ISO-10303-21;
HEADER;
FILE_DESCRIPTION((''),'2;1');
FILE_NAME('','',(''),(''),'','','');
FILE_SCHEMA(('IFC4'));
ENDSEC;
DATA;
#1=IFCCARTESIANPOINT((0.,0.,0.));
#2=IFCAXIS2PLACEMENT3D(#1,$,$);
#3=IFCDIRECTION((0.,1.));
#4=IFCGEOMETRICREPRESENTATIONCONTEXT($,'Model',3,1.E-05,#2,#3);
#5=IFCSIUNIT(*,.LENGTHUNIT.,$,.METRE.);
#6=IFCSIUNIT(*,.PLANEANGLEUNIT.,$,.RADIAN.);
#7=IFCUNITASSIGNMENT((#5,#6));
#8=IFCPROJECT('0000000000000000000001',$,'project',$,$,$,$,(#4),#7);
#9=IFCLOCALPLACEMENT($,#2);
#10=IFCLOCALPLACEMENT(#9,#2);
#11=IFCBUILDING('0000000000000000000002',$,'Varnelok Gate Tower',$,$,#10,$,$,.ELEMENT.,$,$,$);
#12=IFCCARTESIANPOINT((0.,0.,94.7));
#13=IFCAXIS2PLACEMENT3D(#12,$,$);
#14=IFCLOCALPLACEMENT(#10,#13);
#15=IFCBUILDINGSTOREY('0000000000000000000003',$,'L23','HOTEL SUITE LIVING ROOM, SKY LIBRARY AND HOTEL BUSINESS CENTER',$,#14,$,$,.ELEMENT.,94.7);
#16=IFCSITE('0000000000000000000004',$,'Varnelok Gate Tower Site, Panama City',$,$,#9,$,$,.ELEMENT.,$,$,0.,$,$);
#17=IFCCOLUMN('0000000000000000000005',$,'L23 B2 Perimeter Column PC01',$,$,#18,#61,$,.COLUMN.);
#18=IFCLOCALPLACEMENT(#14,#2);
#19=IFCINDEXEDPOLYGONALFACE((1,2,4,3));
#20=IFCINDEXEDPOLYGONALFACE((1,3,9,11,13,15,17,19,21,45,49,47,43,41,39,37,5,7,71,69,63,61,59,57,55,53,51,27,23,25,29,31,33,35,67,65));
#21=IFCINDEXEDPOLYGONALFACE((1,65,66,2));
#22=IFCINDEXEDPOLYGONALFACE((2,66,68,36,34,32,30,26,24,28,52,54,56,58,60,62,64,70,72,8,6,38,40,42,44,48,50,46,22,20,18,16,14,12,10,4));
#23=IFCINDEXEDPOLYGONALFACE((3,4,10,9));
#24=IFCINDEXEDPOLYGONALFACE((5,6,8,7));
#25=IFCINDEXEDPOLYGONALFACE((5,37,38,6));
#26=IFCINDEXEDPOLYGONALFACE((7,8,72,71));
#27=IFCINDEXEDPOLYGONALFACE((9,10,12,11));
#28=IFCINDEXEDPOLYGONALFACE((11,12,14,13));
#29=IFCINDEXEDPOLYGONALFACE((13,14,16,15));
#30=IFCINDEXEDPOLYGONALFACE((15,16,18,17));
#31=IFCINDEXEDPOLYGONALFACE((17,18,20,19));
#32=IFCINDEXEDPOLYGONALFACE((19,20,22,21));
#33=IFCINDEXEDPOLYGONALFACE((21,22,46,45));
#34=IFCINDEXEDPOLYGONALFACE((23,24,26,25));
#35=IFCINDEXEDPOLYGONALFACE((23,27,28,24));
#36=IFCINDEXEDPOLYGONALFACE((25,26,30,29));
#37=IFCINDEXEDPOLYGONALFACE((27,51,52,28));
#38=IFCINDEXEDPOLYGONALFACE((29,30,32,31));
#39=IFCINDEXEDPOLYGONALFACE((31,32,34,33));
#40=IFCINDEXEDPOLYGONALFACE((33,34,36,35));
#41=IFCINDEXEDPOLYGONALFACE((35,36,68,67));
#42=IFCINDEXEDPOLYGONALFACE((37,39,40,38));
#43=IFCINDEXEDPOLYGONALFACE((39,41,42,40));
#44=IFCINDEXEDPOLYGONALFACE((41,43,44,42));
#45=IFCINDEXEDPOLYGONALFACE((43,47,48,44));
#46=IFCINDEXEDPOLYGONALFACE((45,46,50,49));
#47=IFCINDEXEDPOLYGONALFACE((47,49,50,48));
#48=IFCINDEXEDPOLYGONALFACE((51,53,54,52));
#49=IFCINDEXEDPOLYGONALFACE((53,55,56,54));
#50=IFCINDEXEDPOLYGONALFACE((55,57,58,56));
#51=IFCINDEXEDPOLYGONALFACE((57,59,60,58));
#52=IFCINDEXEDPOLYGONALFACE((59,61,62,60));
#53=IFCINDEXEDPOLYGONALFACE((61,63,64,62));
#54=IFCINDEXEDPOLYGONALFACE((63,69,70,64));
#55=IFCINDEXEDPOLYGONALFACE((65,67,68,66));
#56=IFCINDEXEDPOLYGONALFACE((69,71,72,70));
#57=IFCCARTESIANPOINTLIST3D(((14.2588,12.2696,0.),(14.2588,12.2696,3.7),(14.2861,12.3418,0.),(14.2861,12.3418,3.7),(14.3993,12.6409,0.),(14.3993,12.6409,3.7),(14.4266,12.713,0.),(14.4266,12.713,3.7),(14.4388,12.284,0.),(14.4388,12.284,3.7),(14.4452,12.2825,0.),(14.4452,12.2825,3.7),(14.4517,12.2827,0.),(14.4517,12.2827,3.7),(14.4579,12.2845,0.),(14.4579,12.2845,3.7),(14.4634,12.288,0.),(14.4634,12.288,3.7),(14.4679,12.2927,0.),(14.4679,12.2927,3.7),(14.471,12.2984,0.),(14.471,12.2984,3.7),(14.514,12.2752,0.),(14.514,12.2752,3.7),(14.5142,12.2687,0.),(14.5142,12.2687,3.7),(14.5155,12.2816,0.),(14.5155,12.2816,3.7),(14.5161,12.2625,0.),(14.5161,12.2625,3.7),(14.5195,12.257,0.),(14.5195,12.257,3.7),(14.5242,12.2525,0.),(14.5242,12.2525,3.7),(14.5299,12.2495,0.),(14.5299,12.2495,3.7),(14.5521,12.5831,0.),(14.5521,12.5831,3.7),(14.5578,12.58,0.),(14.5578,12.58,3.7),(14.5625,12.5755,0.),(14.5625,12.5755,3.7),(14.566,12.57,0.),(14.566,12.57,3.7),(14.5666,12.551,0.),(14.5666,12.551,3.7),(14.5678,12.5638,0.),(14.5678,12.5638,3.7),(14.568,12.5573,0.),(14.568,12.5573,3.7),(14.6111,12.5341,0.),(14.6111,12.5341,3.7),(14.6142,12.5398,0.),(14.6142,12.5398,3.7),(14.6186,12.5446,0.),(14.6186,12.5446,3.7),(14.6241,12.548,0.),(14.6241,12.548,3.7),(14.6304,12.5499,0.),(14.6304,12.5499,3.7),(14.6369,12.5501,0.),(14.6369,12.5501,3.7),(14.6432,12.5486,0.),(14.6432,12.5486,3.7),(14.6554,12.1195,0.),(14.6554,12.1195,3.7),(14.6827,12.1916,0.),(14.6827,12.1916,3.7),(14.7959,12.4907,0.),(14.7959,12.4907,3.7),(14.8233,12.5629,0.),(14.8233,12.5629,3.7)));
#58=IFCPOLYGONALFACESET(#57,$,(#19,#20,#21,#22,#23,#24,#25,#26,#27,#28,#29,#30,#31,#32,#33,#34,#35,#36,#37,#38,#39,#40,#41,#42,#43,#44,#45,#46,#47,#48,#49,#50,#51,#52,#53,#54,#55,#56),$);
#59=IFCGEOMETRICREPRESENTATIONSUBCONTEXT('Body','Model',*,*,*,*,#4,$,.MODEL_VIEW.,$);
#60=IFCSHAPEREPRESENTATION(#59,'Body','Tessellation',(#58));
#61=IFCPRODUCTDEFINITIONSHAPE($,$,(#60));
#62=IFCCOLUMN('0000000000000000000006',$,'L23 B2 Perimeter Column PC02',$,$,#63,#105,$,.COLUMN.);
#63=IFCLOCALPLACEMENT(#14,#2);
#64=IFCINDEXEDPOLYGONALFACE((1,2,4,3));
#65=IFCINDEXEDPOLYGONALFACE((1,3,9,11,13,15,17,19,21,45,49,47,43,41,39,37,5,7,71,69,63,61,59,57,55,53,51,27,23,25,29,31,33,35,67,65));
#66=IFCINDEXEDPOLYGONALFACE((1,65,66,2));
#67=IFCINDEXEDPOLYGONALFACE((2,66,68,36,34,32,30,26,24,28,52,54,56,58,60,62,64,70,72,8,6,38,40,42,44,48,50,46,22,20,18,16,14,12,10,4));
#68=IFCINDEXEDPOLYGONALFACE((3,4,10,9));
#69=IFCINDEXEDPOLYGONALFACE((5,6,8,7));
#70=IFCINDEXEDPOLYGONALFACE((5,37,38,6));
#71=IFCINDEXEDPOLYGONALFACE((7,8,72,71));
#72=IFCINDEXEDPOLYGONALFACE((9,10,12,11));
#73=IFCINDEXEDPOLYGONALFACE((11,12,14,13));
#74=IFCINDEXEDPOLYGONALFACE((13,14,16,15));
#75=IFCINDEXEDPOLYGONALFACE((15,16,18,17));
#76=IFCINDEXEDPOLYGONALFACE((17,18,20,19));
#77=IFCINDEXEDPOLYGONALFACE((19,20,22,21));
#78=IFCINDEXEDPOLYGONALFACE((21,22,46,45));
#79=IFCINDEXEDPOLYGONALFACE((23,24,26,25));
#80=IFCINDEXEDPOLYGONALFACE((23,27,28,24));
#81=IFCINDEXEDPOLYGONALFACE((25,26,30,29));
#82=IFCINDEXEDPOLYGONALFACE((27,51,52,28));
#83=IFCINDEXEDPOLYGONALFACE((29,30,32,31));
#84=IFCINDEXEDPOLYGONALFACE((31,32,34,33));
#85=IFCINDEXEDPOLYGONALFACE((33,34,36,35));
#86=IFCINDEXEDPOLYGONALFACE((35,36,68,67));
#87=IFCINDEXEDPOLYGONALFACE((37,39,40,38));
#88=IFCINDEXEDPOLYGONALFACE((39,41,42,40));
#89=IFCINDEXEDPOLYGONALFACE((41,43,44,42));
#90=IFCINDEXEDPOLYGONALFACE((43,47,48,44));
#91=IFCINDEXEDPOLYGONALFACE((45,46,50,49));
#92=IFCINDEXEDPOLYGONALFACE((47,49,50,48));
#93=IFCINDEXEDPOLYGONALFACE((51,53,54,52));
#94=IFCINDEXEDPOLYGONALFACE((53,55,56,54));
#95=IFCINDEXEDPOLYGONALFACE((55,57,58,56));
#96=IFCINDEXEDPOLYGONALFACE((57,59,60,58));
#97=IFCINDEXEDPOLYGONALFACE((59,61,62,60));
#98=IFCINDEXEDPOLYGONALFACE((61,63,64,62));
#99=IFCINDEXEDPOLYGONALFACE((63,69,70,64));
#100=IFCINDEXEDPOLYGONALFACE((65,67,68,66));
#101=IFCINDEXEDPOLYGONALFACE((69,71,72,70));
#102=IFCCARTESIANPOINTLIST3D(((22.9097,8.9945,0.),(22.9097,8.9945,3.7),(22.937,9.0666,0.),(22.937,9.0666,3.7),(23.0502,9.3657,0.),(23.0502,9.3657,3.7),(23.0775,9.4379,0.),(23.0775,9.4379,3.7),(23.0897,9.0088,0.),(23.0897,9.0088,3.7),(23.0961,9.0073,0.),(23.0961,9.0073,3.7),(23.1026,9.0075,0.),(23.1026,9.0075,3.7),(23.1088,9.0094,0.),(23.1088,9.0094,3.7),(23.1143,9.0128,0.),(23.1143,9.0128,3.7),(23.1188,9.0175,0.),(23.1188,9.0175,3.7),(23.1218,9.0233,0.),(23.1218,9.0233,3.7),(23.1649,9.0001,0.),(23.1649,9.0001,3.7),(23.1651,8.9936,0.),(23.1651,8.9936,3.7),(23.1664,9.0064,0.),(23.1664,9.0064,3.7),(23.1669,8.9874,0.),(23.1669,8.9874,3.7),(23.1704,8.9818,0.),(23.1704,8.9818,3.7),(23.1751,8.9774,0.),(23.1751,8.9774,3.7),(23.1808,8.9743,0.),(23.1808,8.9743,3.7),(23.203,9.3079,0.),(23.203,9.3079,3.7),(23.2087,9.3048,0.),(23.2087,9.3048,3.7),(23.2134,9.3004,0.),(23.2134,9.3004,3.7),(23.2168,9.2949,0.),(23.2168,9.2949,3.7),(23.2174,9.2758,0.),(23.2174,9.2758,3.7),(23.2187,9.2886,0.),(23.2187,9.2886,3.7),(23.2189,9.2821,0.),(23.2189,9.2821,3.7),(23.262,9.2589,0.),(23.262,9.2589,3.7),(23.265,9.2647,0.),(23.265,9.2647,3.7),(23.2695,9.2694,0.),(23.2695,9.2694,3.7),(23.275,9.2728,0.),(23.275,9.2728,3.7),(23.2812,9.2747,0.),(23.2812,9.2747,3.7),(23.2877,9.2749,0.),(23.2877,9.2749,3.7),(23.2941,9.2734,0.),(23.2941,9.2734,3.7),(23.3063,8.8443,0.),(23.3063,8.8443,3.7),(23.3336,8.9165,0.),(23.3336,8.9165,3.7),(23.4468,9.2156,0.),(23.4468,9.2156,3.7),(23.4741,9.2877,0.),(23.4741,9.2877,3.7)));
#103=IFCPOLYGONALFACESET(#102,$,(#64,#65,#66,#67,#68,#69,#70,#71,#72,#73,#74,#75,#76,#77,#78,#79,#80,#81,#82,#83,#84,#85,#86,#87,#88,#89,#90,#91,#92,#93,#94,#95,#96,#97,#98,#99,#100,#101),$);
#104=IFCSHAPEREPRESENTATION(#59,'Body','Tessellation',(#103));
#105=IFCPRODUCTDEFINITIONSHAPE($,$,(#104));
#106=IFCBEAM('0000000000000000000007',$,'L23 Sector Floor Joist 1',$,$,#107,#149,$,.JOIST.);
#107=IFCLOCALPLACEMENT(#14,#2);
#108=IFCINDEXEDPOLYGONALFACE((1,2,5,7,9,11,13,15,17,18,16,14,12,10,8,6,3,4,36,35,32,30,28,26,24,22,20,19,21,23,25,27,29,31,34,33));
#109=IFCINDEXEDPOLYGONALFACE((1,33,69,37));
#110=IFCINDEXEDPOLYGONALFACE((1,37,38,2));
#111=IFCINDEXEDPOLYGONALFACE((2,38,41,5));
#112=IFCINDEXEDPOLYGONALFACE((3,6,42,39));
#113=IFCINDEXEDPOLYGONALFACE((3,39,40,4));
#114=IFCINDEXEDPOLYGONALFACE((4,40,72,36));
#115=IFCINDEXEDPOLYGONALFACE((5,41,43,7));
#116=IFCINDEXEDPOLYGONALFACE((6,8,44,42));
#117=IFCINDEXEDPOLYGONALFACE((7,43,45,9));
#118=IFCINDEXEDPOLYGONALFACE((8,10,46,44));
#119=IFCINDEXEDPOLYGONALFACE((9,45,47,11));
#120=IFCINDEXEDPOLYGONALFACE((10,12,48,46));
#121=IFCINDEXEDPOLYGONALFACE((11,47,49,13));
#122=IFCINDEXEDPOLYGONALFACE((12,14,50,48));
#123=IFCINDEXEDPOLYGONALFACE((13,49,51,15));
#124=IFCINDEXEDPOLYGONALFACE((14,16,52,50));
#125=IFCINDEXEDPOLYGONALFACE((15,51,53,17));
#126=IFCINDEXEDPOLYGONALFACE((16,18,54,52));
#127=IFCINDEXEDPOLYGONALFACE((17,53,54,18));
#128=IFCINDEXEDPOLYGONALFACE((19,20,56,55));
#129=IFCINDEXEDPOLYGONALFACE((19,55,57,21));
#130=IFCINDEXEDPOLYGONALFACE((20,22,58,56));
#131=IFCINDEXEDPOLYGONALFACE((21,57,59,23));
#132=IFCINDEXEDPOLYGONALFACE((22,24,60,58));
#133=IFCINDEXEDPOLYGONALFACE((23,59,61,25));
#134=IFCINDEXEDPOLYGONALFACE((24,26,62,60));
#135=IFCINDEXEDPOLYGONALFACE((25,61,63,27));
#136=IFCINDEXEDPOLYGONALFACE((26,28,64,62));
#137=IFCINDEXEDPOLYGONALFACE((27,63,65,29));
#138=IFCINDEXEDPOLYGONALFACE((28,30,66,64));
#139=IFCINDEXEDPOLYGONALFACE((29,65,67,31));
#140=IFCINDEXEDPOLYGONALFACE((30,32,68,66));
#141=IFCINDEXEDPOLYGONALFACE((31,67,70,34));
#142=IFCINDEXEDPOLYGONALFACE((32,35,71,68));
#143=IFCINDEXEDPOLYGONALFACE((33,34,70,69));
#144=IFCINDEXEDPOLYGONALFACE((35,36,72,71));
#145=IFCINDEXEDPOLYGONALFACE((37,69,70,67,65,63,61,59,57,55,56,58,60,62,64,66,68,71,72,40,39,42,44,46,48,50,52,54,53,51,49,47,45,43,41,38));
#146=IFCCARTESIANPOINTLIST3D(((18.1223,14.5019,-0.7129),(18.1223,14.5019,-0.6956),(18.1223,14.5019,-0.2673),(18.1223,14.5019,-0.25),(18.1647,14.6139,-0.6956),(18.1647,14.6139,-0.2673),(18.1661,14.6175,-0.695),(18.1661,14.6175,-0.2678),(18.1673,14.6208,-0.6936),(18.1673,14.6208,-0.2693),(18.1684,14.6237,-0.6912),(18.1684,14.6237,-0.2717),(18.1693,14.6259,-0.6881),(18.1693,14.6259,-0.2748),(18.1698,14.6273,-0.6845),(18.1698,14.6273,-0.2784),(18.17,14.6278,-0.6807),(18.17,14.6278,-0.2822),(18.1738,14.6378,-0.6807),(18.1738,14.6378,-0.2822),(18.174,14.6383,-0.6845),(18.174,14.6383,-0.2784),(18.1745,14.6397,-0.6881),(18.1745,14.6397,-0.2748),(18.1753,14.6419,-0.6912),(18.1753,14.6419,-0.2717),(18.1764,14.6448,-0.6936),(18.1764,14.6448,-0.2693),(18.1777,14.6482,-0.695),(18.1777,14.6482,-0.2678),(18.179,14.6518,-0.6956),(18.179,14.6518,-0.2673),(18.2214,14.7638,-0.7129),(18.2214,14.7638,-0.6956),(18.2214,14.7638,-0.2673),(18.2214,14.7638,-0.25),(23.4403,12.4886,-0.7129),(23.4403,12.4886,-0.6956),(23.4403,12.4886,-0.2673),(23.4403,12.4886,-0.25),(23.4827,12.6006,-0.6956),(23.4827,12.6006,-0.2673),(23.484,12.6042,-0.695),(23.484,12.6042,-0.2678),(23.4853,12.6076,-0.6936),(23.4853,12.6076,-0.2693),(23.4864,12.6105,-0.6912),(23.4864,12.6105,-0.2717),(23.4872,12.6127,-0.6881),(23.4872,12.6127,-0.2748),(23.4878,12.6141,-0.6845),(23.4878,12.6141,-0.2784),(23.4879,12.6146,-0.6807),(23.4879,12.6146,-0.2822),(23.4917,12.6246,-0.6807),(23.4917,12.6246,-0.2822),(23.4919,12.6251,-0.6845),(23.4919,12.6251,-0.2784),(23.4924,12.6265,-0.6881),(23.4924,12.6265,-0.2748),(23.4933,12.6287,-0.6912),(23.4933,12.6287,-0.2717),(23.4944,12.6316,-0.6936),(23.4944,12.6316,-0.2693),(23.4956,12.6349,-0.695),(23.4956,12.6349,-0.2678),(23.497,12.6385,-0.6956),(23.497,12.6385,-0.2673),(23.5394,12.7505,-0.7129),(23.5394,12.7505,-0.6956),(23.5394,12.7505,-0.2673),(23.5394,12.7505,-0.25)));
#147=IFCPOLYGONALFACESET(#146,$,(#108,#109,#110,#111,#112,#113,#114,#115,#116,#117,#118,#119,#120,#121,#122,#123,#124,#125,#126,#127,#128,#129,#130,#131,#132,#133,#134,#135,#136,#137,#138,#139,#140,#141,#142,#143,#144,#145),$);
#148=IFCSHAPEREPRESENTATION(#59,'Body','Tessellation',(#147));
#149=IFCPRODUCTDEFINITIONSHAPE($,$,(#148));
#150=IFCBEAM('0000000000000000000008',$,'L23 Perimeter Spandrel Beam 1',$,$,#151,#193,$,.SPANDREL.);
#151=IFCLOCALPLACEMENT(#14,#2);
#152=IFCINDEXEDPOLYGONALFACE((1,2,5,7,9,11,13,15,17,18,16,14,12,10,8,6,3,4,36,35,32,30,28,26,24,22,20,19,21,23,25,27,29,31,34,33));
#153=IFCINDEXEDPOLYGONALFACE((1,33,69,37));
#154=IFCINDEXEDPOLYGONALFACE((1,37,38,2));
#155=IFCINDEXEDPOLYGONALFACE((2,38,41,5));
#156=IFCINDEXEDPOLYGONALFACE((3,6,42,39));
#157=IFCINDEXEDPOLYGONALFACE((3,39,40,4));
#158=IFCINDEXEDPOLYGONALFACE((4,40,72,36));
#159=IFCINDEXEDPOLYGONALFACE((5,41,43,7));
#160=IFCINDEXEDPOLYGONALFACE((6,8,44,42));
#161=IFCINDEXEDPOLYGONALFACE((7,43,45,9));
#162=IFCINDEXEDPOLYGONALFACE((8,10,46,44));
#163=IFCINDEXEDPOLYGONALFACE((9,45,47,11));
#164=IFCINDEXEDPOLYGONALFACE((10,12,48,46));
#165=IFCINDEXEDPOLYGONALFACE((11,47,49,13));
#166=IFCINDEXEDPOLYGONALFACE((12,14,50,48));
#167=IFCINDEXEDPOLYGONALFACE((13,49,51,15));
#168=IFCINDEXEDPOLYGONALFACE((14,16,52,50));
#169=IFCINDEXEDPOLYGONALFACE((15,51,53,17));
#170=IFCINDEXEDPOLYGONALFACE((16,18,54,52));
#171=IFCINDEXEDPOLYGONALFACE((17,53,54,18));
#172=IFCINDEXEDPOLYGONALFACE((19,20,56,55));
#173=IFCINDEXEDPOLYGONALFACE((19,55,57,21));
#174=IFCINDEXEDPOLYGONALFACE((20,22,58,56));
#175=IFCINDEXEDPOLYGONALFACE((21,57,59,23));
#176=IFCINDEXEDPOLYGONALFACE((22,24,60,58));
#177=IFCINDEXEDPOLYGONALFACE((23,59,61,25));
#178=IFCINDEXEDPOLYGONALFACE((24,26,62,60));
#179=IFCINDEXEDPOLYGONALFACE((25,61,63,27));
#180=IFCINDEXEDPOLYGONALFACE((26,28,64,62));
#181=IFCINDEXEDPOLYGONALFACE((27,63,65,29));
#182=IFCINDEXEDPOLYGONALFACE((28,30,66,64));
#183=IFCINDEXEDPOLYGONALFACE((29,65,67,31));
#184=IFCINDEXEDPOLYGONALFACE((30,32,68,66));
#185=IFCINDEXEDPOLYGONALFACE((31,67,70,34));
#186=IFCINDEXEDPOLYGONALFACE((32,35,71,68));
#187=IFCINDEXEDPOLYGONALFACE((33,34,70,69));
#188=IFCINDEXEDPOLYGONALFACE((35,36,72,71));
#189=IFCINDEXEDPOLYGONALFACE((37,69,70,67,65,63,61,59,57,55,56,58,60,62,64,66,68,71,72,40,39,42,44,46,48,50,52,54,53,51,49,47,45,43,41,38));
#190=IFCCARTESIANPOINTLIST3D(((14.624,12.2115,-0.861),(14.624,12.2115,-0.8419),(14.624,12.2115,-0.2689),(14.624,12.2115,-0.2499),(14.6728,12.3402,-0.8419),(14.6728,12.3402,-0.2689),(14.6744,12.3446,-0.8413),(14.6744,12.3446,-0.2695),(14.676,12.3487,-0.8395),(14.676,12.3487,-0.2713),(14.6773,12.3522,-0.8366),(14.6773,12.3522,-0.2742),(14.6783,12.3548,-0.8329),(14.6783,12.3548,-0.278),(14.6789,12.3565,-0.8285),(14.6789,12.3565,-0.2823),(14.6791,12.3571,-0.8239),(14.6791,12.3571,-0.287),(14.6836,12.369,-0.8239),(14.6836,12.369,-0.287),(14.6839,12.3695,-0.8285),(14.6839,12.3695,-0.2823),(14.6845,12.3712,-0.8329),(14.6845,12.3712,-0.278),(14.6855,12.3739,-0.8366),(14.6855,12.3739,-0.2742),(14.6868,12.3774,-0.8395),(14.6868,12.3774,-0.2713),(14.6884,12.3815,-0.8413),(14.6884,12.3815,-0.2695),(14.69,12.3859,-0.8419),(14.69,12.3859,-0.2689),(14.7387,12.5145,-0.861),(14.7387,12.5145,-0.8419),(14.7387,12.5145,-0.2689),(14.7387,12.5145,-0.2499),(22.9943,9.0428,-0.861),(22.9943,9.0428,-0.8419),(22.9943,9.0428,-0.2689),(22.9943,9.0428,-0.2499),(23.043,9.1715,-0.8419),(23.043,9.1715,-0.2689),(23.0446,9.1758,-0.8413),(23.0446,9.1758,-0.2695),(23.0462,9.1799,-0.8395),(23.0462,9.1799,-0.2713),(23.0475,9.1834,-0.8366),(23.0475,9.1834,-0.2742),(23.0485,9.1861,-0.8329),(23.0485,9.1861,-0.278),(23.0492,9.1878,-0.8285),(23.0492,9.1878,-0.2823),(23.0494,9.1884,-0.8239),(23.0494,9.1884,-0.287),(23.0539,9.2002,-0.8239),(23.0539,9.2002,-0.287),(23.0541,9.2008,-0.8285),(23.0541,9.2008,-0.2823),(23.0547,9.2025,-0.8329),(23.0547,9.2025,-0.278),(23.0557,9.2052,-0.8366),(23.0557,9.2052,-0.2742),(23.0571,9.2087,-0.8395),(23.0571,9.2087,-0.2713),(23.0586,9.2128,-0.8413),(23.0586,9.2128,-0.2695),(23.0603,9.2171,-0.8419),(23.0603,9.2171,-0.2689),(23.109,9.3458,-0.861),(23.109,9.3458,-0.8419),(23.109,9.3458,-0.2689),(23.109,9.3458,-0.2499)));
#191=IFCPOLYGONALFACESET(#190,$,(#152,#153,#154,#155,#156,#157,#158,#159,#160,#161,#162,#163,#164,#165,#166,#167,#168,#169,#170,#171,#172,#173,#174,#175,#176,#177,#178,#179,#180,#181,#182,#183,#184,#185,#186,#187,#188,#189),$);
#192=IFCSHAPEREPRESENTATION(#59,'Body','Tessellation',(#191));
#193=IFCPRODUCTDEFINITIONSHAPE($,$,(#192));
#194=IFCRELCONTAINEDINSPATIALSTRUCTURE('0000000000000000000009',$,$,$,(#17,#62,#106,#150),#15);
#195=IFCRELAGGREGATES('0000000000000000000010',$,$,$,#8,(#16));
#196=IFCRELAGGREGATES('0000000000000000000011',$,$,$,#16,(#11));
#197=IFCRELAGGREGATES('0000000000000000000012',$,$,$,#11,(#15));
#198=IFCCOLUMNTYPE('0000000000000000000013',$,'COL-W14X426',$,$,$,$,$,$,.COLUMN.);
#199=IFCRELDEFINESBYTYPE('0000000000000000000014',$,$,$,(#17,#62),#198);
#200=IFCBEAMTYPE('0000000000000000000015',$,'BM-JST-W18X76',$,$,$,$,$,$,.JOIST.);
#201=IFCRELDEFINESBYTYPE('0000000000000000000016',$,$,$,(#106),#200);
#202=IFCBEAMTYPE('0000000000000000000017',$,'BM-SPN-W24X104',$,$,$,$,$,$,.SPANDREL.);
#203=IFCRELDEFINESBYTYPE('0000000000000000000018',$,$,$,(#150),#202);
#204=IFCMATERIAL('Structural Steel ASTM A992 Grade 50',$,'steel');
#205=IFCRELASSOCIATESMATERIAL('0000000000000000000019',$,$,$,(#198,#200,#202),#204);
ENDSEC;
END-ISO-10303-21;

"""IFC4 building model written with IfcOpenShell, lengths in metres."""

from ifc_helpers import new_model, si_unit, direction, frame, origin, origin_2d, place, context, subcontext, project, spatial, i_section, extrude, material, material_profile, profile_set, type_object, element, save


model = new_model("IFC4")

# Units and contexts
model_context = context("Model", 3, precision=1e-05, world=origin(), true_north=direction((0.0, 1.0)))
body_context = subcontext(model_context, "Body", "Model", "MODEL_VIEW")
ifc_project = project(units=[si_unit("LENGTHUNIT", "METRE"), si_unit("PLANEANGLEUNIT", "RADIAN")], contexts=[model_context])

# Site, building, storey
site_placement = place(None, origin())
site = spatial("IfcSite", under=ifc_project, at=site_placement, Name="Varnelok Gate Tower Site, Panama City", CompositionType="ELEMENT", RefElevation=0.0)
building_placement = place(site_placement, origin())
building = spatial("IfcBuilding", under=site, at=building_placement, Name="Varnelok Gate Tower", CompositionType="ELEMENT")
storey_placement = place(building_placement, frame((0.0, 0.0, 94.7)))
storey = spatial("IfcBuildingStorey", under=building, at=storey_placement, Name="L23", Description="HOTEL SUITE LIVING ROOM, SKY LIBRARY AND HOTEL BUSINESS CENTER", CompositionType="ELEMENT", Elevation=94.7)

# Columns
ifc_material_1 = material(Name="Structural Steel ASTM A992 Grade 50", Category="steel")
ifc_material_profile_1 = material_profile(ifc_material_1, i_section(OverallWidth=0.4241, OverallDepth=0.4741, WebThickness=0.0476, FlangeThickness=0.0771, FilletRadius=0.0249, at=origin_2d()), Name="W14X426")
ifc_profile_set_1 = profile_set([ifc_material_profile_1], Name="Structural Steel ASTM A992 Grade 50")
column_type = type_object("IfcColumnType", Name="COL-W14X426", PredefinedType="COLUMN", material=ifc_profile_set_1)
for number, where, z_axis, x_axis, name in (
    (1, (14.541, 12.4163, 0.0), (0.0, 0.0, 1.0), (0.935222, -0.354063, 0.0), "L23 B2 Perimeter Column PC01"),
    (2, (23.1919, 9.1411, 0.0), (0.0, 0.0, 1.0), (0.935222, -0.354063, 0.0), "L23 B2 Perimeter Column PC02"),
):
    element("IfcColumn", number, at=place(storey_placement, frame(where, z_axis=z_axis, x_axis=x_axis)), inside=storey, type_object=column_type, Name=name, PredefinedType="COLUMN", context=body_context, shape_type="SweptSolid", body=[
        extrude(i_section(OverallWidth=0.4241, OverallDepth=0.4741, WebThickness=0.0476, FlangeThickness=0.0771, FilletRadius=0.0249, at=origin_2d()), origin(), (0.0, 0.0, 1.0), 3.7),
    ])

# Beams
ifc_material_profile_2 = material_profile(ifc_material_1, i_section(OverallWidth=0.28, OverallDepth=0.4629, WebThickness=0.0107, FlangeThickness=0.0173, FilletRadius=0.0149, at=origin_2d()), Name="W18X76")
ifc_profile_set_2 = profile_set([ifc_material_profile_2], Name="Structural Steel ASTM A992 Grade 50")
beam_type_1 = type_object("IfcBeamType", Name="BM-JST-W18X76", PredefinedType="JOIST", material=ifc_profile_set_2)
beam_1_placement = place(storey_placement, frame((18.1719, 14.6328, -0.4814), z_axis=(0.935227, -0.354048, 0.0), x_axis=(0.354048, 0.935227, 0.0)))
element("IfcBeam", 3, at=beam_1_placement, inside=storey, type_object=beam_type_1, Name="L23 Sector Floor Joist 1", PredefinedType="JOIST", context=body_context, shape_type="SweptSolid", body=[
    extrude(i_section(OverallWidth=0.28, OverallDepth=0.4629, WebThickness=0.0107, FlangeThickness=0.0173, FilletRadius=0.0149, at=origin_2d()), origin(), (0.0, 0.0, 1.0), 5.6863),
])
ifc_material_profile_3 = material_profile(ifc_material_1, i_section(OverallWidth=0.324, OverallDepth=0.6111, WebThickness=0.0127, FlangeThickness=0.019, FilletRadius=0.0181, at=origin_2d()), Name="W24X104")
ifc_profile_set_3 = profile_set([ifc_material_profile_3], Name="Structural Steel ASTM A992 Grade 50")
beam_type_2 = type_object("IfcBeamType", Name="BM-SPN-W24X104", PredefinedType="SPANDREL", material=ifc_profile_set_3)
beam_2_placement = place(storey_placement, frame((14.6814, 12.363, -0.5554), z_axis=(0.935226, -0.354051, 0.0), x_axis=(0.354051, 0.935226, 0.0)))
element("IfcBeam", 4, at=beam_2_placement, inside=storey, type_object=beam_type_2, Name="L23 Perimeter Spandrel Beam 1", PredefinedType="SPANDREL", context=body_context, shape_type="SweptSolid", body=[
    extrude(i_section(OverallWidth=0.324, OverallDepth=0.6111, WebThickness=0.0127, FlangeThickness=0.019, FilletRadius=0.0181, at=origin_2d()), origin(), (0.0, 0.0, 1.0), 8.95),
])

save(model, "model.ifc")
